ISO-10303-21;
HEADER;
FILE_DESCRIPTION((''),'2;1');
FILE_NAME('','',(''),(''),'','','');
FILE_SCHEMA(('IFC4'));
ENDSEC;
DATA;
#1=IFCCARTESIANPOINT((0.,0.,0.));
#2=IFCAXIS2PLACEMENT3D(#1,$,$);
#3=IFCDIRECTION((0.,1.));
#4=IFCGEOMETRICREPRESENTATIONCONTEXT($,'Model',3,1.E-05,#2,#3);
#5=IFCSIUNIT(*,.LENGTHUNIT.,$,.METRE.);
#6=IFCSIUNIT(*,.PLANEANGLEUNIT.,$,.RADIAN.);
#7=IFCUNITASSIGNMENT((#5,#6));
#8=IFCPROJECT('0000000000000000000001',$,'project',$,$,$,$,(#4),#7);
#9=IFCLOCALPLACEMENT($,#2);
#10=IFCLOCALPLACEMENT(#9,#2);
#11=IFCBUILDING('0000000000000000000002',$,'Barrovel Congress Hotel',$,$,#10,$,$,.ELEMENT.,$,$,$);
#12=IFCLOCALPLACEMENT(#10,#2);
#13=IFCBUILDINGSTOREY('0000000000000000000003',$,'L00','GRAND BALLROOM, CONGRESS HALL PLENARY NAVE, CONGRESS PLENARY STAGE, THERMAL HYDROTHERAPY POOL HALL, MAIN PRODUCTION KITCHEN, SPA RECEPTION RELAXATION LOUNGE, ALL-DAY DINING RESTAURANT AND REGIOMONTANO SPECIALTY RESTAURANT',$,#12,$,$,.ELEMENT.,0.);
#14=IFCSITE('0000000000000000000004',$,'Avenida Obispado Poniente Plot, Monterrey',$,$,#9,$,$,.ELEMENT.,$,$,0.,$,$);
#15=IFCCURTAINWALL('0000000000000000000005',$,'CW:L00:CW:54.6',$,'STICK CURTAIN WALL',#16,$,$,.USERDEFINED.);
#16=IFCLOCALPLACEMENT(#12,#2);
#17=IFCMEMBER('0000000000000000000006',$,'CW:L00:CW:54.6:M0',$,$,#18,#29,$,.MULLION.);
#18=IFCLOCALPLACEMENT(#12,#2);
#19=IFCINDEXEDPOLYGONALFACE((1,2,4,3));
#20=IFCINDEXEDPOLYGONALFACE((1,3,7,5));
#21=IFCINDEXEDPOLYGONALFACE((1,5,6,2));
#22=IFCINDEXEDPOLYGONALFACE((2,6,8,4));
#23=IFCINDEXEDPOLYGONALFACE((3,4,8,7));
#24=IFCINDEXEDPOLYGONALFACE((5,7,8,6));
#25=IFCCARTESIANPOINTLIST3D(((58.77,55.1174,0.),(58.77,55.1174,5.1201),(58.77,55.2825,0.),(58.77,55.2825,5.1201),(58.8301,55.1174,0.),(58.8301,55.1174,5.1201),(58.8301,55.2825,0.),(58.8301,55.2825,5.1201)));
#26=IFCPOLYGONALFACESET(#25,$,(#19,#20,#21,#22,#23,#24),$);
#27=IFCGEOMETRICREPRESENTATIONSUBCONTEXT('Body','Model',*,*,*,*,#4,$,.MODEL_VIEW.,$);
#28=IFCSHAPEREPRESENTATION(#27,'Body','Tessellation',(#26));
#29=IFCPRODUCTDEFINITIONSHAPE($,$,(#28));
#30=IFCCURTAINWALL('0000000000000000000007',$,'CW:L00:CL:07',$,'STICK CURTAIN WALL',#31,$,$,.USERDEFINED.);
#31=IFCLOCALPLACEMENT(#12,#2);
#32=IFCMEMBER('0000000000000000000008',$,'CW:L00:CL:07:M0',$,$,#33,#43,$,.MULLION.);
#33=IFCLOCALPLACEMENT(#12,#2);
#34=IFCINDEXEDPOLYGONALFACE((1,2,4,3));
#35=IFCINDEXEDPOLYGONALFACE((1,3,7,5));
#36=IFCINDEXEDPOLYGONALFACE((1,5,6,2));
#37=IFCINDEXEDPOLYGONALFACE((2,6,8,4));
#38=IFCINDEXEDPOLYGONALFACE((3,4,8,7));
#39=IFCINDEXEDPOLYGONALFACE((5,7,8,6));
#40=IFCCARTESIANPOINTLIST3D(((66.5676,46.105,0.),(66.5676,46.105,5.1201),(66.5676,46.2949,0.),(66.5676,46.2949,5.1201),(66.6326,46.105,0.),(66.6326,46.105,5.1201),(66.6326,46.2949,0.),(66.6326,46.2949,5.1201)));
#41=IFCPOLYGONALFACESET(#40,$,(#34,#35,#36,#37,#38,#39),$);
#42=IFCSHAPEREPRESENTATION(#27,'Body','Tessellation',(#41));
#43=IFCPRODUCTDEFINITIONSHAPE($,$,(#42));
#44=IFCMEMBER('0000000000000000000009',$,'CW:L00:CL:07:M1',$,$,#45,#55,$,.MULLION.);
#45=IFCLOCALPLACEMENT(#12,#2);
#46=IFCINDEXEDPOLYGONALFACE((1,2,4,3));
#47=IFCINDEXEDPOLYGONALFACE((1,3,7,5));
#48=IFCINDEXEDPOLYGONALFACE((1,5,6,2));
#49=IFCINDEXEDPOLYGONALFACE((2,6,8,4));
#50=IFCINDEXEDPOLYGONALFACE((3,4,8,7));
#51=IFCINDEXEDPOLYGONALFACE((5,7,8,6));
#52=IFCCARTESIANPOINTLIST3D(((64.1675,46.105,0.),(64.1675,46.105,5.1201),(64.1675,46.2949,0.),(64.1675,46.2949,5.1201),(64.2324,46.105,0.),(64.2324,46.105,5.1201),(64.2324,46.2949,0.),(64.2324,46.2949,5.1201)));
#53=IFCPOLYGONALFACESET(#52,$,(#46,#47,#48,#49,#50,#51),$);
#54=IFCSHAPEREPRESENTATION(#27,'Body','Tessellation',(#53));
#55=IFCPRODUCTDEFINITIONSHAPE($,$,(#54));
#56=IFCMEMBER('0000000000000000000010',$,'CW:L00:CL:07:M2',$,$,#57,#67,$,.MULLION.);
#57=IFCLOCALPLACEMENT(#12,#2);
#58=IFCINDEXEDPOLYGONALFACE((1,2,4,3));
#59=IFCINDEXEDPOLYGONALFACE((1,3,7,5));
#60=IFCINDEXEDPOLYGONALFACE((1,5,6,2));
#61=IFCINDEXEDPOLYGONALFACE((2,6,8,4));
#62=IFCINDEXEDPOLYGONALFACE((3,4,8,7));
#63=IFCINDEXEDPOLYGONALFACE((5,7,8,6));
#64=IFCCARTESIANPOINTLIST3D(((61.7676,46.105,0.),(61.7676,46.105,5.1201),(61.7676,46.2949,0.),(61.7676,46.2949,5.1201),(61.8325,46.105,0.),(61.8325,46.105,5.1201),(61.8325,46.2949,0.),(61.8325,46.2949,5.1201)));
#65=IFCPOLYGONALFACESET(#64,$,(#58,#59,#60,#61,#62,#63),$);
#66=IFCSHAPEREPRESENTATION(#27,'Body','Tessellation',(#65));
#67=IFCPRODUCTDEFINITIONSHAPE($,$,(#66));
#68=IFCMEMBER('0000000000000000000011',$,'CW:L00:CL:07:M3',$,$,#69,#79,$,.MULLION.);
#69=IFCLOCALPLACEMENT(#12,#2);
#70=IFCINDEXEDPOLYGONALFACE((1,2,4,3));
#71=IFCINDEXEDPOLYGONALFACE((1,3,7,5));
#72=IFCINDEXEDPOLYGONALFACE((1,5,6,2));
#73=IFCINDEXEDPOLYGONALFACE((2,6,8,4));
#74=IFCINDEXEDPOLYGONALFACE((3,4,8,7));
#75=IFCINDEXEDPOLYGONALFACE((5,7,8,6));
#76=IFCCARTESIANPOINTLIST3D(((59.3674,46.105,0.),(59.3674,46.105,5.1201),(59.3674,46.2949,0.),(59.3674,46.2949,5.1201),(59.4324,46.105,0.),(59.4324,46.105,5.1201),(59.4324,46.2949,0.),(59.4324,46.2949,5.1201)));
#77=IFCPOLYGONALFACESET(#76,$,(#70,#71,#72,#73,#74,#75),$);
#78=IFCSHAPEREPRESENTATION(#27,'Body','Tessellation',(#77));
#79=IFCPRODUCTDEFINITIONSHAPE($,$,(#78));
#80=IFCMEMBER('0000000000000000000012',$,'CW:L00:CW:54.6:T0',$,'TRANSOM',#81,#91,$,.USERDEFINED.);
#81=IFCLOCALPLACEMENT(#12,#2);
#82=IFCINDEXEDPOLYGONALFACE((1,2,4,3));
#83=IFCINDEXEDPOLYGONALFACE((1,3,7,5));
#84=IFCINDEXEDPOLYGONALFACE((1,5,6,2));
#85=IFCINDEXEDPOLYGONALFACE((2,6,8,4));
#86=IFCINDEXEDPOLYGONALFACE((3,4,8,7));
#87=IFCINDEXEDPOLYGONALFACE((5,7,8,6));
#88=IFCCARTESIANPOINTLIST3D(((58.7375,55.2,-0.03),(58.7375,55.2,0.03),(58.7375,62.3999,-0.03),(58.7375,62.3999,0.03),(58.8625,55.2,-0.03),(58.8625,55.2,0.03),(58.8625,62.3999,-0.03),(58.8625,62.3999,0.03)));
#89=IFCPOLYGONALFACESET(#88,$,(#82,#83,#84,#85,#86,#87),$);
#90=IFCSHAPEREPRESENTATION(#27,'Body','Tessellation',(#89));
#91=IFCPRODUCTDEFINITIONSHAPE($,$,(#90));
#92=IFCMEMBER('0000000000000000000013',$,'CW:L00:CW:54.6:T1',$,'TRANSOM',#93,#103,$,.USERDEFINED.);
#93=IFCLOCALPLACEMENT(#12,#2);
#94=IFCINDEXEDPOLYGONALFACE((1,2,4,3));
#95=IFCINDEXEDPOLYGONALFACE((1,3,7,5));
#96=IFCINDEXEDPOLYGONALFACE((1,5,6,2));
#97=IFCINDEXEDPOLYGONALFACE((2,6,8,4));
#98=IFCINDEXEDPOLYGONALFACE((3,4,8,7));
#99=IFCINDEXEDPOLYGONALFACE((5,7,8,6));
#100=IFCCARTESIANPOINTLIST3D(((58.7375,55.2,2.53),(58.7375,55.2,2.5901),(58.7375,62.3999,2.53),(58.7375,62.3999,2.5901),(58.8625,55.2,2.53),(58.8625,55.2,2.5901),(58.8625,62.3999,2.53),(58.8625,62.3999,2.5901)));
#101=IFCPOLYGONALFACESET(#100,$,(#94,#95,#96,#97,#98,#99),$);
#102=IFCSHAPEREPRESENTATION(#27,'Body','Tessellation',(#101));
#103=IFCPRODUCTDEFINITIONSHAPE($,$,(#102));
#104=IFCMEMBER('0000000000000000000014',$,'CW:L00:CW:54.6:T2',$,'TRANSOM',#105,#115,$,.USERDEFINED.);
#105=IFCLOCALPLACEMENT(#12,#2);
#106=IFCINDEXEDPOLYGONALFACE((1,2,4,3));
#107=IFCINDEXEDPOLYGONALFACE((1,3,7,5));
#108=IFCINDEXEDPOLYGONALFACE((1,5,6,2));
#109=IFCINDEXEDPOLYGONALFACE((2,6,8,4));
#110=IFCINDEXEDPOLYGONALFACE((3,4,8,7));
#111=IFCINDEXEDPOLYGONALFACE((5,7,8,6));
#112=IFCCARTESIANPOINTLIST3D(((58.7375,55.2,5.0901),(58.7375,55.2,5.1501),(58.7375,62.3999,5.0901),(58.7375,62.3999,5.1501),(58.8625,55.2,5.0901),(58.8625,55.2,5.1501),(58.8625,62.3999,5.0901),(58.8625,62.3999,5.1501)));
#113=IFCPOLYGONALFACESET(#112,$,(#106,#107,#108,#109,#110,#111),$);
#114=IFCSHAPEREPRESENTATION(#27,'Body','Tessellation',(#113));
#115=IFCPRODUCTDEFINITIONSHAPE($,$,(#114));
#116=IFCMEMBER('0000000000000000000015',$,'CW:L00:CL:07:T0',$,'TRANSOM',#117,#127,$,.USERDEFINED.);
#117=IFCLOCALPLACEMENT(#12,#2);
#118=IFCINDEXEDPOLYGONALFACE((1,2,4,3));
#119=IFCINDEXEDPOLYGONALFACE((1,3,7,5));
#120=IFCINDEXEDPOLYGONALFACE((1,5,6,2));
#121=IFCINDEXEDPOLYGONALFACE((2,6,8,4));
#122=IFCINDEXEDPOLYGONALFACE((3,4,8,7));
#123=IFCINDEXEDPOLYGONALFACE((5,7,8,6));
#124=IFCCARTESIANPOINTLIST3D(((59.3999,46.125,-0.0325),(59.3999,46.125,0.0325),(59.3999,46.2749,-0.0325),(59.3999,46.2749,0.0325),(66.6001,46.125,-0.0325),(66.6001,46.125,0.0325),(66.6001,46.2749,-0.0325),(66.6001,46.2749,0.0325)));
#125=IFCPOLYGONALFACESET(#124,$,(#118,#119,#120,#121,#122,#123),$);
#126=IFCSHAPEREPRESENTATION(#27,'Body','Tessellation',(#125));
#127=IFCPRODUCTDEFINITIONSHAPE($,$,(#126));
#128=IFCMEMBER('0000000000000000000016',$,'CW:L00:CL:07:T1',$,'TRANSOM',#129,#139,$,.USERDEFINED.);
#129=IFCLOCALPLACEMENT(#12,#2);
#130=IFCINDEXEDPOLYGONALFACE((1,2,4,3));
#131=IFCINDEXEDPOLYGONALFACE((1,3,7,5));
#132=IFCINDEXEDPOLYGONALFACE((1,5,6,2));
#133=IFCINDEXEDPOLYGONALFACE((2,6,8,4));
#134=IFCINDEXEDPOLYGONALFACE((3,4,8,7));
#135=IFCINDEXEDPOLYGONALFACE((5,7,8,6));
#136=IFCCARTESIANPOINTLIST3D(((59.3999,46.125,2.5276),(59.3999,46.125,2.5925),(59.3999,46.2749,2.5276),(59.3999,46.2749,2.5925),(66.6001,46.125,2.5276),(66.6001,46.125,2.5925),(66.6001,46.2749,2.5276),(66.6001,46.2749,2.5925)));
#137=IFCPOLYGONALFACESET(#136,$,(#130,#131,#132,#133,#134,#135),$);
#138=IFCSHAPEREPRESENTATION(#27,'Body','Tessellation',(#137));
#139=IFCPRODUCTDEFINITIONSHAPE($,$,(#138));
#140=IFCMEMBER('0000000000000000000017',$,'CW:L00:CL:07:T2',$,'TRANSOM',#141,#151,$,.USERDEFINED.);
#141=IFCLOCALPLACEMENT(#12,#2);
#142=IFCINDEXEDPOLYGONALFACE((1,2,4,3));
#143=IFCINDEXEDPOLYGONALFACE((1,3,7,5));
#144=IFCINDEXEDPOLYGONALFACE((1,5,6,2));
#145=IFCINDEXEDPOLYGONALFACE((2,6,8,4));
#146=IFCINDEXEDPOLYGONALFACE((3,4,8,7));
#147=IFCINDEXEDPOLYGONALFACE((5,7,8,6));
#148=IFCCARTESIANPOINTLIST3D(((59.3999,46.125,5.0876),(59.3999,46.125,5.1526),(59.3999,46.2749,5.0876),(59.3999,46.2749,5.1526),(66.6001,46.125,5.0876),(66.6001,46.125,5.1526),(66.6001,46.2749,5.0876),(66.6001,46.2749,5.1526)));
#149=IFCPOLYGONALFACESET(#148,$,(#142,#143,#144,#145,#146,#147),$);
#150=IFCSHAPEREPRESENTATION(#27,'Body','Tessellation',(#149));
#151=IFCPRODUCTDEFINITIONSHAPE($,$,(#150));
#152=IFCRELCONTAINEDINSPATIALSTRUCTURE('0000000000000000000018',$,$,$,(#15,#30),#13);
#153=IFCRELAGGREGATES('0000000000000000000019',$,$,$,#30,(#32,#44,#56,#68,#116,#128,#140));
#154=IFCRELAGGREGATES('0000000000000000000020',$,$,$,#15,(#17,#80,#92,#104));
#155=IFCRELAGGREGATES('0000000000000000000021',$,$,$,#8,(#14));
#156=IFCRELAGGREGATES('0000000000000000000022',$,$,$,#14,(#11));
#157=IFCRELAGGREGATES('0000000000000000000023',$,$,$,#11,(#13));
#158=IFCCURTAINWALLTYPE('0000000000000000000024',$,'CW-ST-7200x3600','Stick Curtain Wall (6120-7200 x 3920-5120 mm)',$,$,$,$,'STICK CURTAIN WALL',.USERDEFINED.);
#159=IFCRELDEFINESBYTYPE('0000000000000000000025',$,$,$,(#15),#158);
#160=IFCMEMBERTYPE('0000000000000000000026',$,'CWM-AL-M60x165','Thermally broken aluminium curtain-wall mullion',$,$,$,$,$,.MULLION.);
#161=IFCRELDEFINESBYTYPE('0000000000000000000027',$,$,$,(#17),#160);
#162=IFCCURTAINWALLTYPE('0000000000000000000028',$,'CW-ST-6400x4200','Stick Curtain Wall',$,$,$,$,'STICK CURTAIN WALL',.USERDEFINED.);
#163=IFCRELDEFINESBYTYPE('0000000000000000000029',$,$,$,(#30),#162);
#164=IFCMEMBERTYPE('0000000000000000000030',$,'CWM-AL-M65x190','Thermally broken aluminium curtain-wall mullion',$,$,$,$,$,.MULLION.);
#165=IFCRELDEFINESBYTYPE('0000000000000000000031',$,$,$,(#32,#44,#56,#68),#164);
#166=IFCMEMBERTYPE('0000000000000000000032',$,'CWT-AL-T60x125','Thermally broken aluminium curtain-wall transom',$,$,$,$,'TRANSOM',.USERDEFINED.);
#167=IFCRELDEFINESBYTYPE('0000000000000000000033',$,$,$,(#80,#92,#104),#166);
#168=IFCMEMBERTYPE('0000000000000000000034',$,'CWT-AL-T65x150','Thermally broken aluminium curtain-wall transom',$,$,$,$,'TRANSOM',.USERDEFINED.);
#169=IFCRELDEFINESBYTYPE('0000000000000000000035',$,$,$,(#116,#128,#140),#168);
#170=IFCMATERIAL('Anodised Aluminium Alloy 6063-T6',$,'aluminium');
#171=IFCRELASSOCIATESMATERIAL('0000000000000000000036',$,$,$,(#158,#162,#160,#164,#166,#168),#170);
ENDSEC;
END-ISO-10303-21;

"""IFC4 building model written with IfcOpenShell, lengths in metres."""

from ifc_helpers import new_model, si_unit, direction, frame, origin, origin_2d, place, context, subcontext, project, spatial, rectangle, extrude, material, material_profile, profile_set, type_object, element, aggregate, save


model = new_model("IFC4")

# Units and contexts
model_context = context("Model", 3, precision=1e-05, world=origin(), true_north=direction((0.0, 1.0)))
body_context = subcontext(model_context, "Body", "Model", "MODEL_VIEW")
ifc_project = project(units=[si_unit("LENGTHUNIT", "METRE"), si_unit("PLANEANGLEUNIT", "RADIAN")], contexts=[model_context])

# Site, building, storey
site_placement = place(None, origin())
site = spatial("IfcSite", under=ifc_project, at=site_placement, Name="Avenida Obispado Poniente Plot, Monterrey", CompositionType="ELEMENT", RefElevation=0.0)
building_placement = place(site_placement, origin())
building = spatial("IfcBuilding", under=site, at=building_placement, Name="Barrovel Congress Hotel", CompositionType="ELEMENT")
storey_placement = place(building_placement, origin())
storey = spatial("IfcBuildingStorey", under=building, at=storey_placement, Name="L00", Description="GRAND BALLROOM, CONGRESS HALL PLENARY NAVE, CONGRESS PLENARY STAGE, THERMAL HYDROTHERAPY POOL HALL, MAIN PRODUCTION KITCHEN, SPA RECEPTION RELAXATION LOUNGE, ALL-DAY DINING RESTAURANT AND REGIOMONTANO SPECIALTY RESTAURANT", CompositionType="ELEMENT", Elevation=0.0)

# Curtain wall, member
ifc_material_1 = material(Name="Anodised Aluminium Alloy 6063-T6", Category="aluminium")
curtain_wall_type_1 = type_object("IfcCurtainWallType", Name="CW-ST-7200x3600", Description="Stick Curtain Wall (6120-7200 x 3920-5120 mm)", ElementType="STICK CURTAIN WALL", PredefinedType="USERDEFINED", material=ifc_material_1)
curtain_wall_1_placement = place(storey_placement, origin())
curtain_wall_1 = element("IfcCurtainWall", 1, at=curtain_wall_1_placement, inside=storey, type_object=curtain_wall_type_1, Name="CW:L00:CW:54.6", ObjectType="STICK CURTAIN WALL", PredefinedType="USERDEFINED")
ifc_material_profile_1 = material_profile(ifc_material_1, rectangle(XDim=0.0601, YDim=0.165, at=origin_2d()), Name="AL-M60x165")
ifc_profile_set_1 = profile_set([ifc_material_profile_1], Name="Anodised Aluminium Alloy 6063-T6")
member_type_1 = type_object("IfcMemberType", Name="CWM-AL-M60x165", Description="Thermally broken aluminium curtain-wall mullion", PredefinedType="MULLION", material=ifc_profile_set_1)
member_1_placement = place(storey_placement, frame((58.8, 55.2, 0.0), z_axis=(0.0, 0.0, 1.0), x_axis=(1.0, 0.0, 0.0)))
member_1 = element("IfcMember", 2, at=member_1_placement, type_object=member_type_1, Name="CW:L00:CW:54.6:M0", PredefinedType="MULLION", context=body_context, shape_type="SweptSolid", body=[
    extrude(rectangle(XDim=0.0601, YDim=0.165, at=origin_2d()), origin(), (0.0, 0.0, 1.0), 5.1201),
])

# Curtain wall, members
curtain_wall_type_2 = type_object("IfcCurtainWallType", Name="CW-ST-6400x4200", Description="Stick Curtain Wall", ElementType="STICK CURTAIN WALL", PredefinedType="USERDEFINED", material=ifc_material_1)
curtain_wall_2_placement = place(storey_placement, origin())
curtain_wall_2 = element("IfcCurtainWall", 3, at=curtain_wall_2_placement, inside=storey, type_object=curtain_wall_type_2, Name="CW:L00:CL:07", ObjectType="STICK CURTAIN WALL", PredefinedType="USERDEFINED")
ifc_material_profile_2 = material_profile(ifc_material_1, rectangle(XDim=0.0649, YDim=0.1899, at=origin_2d()), Name="AL-M65x190")
ifc_profile_set_2 = profile_set([ifc_material_profile_2], Name="Anodised Aluminium Alloy 6063-T6")
member_type_2 = type_object("IfcMemberType", Name="CWM-AL-M65x190", Description="Thermally broken aluminium curtain-wall mullion", PredefinedType="MULLION", material=ifc_profile_set_2)
member_2_placement = place(storey_placement, frame((66.6001, 46.2, 0.0), z_axis=(0.0, 0.0, 1.0), x_axis=(1.0, 0.0, 0.0)))
member_2 = element("IfcMember", 4, at=member_2_placement, type_object=member_type_2, Name="CW:L00:CL:07:M0", PredefinedType="MULLION", context=body_context, shape_type="SweptSolid", body=[
    extrude(rectangle(XDim=0.0649, YDim=0.1899, at=origin_2d()), origin(), (0.0, 0.0, 1.0), 5.1201),
])
member_3_placement = place(storey_placement, frame((64.2, 46.2, 0.0), z_axis=(0.0, 0.0, 1.0), x_axis=(1.0, 0.0, 0.0)))
member_3 = element("IfcMember", 5, at=member_3_placement, type_object=member_type_2, Name="CW:L00:CL:07:M1", PredefinedType="MULLION", context=body_context, shape_type="SweptSolid", body=[
    extrude(rectangle(XDim=0.0649, YDim=0.1899, at=origin_2d()), origin(), (0.0, 0.0, 1.0), 5.1201),
])
member_4_placement = place(storey_placement, frame((61.8, 46.2, 0.0), z_axis=(0.0, 0.0, 1.0), x_axis=(1.0, 0.0, 0.0)))
member_4 = element("IfcMember", 6, at=member_4_placement, type_object=member_type_2, Name="CW:L00:CL:07:M2", PredefinedType="MULLION", context=body_context, shape_type="SweptSolid", body=[
    extrude(rectangle(XDim=0.0649, YDim=0.1899, at=origin_2d()), origin(), (0.0, 0.0, 1.0), 5.1201),
])
member_5_placement = place(storey_placement, frame((59.3999, 46.2, 0.0), z_axis=(0.0, 0.0, 1.0), x_axis=(1.0, 0.0, 0.0)))
member_5 = element("IfcMember", 7, at=member_5_placement, type_object=member_type_2, Name="CW:L00:CL:07:M3", PredefinedType="MULLION", context=body_context, shape_type="SweptSolid", body=[
    extrude(rectangle(XDim=0.0649, YDim=0.1899, at=origin_2d()), origin(), (0.0, 0.0, 1.0), 5.1201),
])

# Members
ifc_material_profile_3 = material_profile(ifc_material_1, rectangle(XDim=0.125, YDim=0.0601, at=origin_2d()), Name="AL-T60x125")
ifc_profile_set_3 = profile_set([ifc_material_profile_3], Name="Anodised Aluminium Alloy 6063-T6")
member_type_3 = type_object("IfcMemberType", Name="CWT-AL-T60x125", Description="Thermally broken aluminium curtain-wall transom", ElementType="TRANSOM", PredefinedType="USERDEFINED", material=ifc_profile_set_3)
member_6_placement = place(storey_placement, frame((58.8, 55.2, 0.0), z_axis=(0.0, 1.0, 0.0), x_axis=(-1.0, 0.0, 0.0)))
member_6 = element("IfcMember", 8, at=member_6_placement, type_object=member_type_3, Name="CW:L00:CW:54.6:T0", ObjectType="TRANSOM", PredefinedType="USERDEFINED", context=body_context, shape_type="SweptSolid", body=[
    extrude(rectangle(XDim=0.125, YDim=0.0601, at=origin_2d()), origin(), (0.0, 0.0, 1.0), 7.2),
])
member_7_placement = place(storey_placement, frame((58.8, 55.2, 2.5601), z_axis=(0.0, 1.0, 0.0), x_axis=(-1.0, 0.0, 0.0)))
member_7 = element("IfcMember", 9, at=member_7_placement, type_object=member_type_3, Name="CW:L00:CW:54.6:T1", ObjectType="TRANSOM", PredefinedType="USERDEFINED", context=body_context, shape_type="SweptSolid", body=[
    extrude(rectangle(XDim=0.125, YDim=0.0601, at=origin_2d()), origin(), (0.0, 0.0, 1.0), 7.2),
])
member_8_placement = place(storey_placement, frame((58.8, 55.2, 5.1201), z_axis=(0.0, 1.0, 0.0), x_axis=(-1.0, 0.0, 0.0)))
member_8 = element("IfcMember", 10, at=member_8_placement, type_object=member_type_3, Name="CW:L00:CW:54.6:T2", ObjectType="TRANSOM", PredefinedType="USERDEFINED", context=body_context, shape_type="SweptSolid", body=[
    extrude(rectangle(XDim=0.125, YDim=0.0601, at=origin_2d()), origin(), (0.0, 0.0, 1.0), 7.2),
])
ifc_material_profile_4 = material_profile(ifc_material_1, rectangle(XDim=0.1499, YDim=0.0649, at=origin_2d()), Name="AL-T65x150")
ifc_profile_set_4 = profile_set([ifc_material_profile_4], Name="Anodised Aluminium Alloy 6063-T6")
member_type_4 = type_object("IfcMemberType", Name="CWT-AL-T65x150", Description="Thermally broken aluminium curtain-wall transom", ElementType="TRANSOM", PredefinedType="USERDEFINED", material=ifc_profile_set_4)
member_9_placement = place(storey_placement, frame((66.6001, 46.2, 0.0), z_axis=(-1.0, 0.0, 0.0), x_axis=(0.0, -1.0, 0.0)))
member_9 = element("IfcMember", 11, at=member_9_placement, type_object=member_type_4, Name="CW:L00:CL:07:T0", ObjectType="TRANSOM", PredefinedType="USERDEFINED", context=body_context, shape_type="SweptSolid", body=[
    extrude(rectangle(XDim=0.1499, YDim=0.0649, at=origin_2d()), origin(), (0.0, 0.0, 1.0), 7.2002),
])
member_10_placement = place(storey_placement, frame((66.6001, 46.2, 2.5601), z_axis=(-1.0, 0.0, 0.0), x_axis=(0.0, -1.0, 0.0)))
member_10 = element("IfcMember", 12, at=member_10_placement, type_object=member_type_4, Name="CW:L00:CL:07:T1", ObjectType="TRANSOM", PredefinedType="USERDEFINED", context=body_context, shape_type="SweptSolid", body=[
    extrude(rectangle(XDim=0.1499, YDim=0.0649, at=origin_2d()), origin(), (0.0, 0.0, 1.0), 7.2002),
])
member_11_placement = place(storey_placement, frame((66.6001, 46.2, 5.1201), z_axis=(-1.0, 0.0, 0.0), x_axis=(0.0, -1.0, 0.0)))
member_11 = element("IfcMember", 13, at=member_11_placement, type_object=member_type_4, Name="CW:L00:CL:07:T2", ObjectType="TRANSOM", PredefinedType="USERDEFINED", context=body_context, shape_type="SweptSolid", body=[
    extrude(rectangle(XDim=0.1499, YDim=0.0649, at=origin_2d()), origin(), (0.0, 0.0, 1.0), 7.2002),
])

aggregate(curtain_wall_2, [member_2, member_3, member_4, member_5, member_9, member_10, member_11])
aggregate(curtain_wall_1, [member_1, member_6, member_7, member_8])

save(model, "model.ifc")
